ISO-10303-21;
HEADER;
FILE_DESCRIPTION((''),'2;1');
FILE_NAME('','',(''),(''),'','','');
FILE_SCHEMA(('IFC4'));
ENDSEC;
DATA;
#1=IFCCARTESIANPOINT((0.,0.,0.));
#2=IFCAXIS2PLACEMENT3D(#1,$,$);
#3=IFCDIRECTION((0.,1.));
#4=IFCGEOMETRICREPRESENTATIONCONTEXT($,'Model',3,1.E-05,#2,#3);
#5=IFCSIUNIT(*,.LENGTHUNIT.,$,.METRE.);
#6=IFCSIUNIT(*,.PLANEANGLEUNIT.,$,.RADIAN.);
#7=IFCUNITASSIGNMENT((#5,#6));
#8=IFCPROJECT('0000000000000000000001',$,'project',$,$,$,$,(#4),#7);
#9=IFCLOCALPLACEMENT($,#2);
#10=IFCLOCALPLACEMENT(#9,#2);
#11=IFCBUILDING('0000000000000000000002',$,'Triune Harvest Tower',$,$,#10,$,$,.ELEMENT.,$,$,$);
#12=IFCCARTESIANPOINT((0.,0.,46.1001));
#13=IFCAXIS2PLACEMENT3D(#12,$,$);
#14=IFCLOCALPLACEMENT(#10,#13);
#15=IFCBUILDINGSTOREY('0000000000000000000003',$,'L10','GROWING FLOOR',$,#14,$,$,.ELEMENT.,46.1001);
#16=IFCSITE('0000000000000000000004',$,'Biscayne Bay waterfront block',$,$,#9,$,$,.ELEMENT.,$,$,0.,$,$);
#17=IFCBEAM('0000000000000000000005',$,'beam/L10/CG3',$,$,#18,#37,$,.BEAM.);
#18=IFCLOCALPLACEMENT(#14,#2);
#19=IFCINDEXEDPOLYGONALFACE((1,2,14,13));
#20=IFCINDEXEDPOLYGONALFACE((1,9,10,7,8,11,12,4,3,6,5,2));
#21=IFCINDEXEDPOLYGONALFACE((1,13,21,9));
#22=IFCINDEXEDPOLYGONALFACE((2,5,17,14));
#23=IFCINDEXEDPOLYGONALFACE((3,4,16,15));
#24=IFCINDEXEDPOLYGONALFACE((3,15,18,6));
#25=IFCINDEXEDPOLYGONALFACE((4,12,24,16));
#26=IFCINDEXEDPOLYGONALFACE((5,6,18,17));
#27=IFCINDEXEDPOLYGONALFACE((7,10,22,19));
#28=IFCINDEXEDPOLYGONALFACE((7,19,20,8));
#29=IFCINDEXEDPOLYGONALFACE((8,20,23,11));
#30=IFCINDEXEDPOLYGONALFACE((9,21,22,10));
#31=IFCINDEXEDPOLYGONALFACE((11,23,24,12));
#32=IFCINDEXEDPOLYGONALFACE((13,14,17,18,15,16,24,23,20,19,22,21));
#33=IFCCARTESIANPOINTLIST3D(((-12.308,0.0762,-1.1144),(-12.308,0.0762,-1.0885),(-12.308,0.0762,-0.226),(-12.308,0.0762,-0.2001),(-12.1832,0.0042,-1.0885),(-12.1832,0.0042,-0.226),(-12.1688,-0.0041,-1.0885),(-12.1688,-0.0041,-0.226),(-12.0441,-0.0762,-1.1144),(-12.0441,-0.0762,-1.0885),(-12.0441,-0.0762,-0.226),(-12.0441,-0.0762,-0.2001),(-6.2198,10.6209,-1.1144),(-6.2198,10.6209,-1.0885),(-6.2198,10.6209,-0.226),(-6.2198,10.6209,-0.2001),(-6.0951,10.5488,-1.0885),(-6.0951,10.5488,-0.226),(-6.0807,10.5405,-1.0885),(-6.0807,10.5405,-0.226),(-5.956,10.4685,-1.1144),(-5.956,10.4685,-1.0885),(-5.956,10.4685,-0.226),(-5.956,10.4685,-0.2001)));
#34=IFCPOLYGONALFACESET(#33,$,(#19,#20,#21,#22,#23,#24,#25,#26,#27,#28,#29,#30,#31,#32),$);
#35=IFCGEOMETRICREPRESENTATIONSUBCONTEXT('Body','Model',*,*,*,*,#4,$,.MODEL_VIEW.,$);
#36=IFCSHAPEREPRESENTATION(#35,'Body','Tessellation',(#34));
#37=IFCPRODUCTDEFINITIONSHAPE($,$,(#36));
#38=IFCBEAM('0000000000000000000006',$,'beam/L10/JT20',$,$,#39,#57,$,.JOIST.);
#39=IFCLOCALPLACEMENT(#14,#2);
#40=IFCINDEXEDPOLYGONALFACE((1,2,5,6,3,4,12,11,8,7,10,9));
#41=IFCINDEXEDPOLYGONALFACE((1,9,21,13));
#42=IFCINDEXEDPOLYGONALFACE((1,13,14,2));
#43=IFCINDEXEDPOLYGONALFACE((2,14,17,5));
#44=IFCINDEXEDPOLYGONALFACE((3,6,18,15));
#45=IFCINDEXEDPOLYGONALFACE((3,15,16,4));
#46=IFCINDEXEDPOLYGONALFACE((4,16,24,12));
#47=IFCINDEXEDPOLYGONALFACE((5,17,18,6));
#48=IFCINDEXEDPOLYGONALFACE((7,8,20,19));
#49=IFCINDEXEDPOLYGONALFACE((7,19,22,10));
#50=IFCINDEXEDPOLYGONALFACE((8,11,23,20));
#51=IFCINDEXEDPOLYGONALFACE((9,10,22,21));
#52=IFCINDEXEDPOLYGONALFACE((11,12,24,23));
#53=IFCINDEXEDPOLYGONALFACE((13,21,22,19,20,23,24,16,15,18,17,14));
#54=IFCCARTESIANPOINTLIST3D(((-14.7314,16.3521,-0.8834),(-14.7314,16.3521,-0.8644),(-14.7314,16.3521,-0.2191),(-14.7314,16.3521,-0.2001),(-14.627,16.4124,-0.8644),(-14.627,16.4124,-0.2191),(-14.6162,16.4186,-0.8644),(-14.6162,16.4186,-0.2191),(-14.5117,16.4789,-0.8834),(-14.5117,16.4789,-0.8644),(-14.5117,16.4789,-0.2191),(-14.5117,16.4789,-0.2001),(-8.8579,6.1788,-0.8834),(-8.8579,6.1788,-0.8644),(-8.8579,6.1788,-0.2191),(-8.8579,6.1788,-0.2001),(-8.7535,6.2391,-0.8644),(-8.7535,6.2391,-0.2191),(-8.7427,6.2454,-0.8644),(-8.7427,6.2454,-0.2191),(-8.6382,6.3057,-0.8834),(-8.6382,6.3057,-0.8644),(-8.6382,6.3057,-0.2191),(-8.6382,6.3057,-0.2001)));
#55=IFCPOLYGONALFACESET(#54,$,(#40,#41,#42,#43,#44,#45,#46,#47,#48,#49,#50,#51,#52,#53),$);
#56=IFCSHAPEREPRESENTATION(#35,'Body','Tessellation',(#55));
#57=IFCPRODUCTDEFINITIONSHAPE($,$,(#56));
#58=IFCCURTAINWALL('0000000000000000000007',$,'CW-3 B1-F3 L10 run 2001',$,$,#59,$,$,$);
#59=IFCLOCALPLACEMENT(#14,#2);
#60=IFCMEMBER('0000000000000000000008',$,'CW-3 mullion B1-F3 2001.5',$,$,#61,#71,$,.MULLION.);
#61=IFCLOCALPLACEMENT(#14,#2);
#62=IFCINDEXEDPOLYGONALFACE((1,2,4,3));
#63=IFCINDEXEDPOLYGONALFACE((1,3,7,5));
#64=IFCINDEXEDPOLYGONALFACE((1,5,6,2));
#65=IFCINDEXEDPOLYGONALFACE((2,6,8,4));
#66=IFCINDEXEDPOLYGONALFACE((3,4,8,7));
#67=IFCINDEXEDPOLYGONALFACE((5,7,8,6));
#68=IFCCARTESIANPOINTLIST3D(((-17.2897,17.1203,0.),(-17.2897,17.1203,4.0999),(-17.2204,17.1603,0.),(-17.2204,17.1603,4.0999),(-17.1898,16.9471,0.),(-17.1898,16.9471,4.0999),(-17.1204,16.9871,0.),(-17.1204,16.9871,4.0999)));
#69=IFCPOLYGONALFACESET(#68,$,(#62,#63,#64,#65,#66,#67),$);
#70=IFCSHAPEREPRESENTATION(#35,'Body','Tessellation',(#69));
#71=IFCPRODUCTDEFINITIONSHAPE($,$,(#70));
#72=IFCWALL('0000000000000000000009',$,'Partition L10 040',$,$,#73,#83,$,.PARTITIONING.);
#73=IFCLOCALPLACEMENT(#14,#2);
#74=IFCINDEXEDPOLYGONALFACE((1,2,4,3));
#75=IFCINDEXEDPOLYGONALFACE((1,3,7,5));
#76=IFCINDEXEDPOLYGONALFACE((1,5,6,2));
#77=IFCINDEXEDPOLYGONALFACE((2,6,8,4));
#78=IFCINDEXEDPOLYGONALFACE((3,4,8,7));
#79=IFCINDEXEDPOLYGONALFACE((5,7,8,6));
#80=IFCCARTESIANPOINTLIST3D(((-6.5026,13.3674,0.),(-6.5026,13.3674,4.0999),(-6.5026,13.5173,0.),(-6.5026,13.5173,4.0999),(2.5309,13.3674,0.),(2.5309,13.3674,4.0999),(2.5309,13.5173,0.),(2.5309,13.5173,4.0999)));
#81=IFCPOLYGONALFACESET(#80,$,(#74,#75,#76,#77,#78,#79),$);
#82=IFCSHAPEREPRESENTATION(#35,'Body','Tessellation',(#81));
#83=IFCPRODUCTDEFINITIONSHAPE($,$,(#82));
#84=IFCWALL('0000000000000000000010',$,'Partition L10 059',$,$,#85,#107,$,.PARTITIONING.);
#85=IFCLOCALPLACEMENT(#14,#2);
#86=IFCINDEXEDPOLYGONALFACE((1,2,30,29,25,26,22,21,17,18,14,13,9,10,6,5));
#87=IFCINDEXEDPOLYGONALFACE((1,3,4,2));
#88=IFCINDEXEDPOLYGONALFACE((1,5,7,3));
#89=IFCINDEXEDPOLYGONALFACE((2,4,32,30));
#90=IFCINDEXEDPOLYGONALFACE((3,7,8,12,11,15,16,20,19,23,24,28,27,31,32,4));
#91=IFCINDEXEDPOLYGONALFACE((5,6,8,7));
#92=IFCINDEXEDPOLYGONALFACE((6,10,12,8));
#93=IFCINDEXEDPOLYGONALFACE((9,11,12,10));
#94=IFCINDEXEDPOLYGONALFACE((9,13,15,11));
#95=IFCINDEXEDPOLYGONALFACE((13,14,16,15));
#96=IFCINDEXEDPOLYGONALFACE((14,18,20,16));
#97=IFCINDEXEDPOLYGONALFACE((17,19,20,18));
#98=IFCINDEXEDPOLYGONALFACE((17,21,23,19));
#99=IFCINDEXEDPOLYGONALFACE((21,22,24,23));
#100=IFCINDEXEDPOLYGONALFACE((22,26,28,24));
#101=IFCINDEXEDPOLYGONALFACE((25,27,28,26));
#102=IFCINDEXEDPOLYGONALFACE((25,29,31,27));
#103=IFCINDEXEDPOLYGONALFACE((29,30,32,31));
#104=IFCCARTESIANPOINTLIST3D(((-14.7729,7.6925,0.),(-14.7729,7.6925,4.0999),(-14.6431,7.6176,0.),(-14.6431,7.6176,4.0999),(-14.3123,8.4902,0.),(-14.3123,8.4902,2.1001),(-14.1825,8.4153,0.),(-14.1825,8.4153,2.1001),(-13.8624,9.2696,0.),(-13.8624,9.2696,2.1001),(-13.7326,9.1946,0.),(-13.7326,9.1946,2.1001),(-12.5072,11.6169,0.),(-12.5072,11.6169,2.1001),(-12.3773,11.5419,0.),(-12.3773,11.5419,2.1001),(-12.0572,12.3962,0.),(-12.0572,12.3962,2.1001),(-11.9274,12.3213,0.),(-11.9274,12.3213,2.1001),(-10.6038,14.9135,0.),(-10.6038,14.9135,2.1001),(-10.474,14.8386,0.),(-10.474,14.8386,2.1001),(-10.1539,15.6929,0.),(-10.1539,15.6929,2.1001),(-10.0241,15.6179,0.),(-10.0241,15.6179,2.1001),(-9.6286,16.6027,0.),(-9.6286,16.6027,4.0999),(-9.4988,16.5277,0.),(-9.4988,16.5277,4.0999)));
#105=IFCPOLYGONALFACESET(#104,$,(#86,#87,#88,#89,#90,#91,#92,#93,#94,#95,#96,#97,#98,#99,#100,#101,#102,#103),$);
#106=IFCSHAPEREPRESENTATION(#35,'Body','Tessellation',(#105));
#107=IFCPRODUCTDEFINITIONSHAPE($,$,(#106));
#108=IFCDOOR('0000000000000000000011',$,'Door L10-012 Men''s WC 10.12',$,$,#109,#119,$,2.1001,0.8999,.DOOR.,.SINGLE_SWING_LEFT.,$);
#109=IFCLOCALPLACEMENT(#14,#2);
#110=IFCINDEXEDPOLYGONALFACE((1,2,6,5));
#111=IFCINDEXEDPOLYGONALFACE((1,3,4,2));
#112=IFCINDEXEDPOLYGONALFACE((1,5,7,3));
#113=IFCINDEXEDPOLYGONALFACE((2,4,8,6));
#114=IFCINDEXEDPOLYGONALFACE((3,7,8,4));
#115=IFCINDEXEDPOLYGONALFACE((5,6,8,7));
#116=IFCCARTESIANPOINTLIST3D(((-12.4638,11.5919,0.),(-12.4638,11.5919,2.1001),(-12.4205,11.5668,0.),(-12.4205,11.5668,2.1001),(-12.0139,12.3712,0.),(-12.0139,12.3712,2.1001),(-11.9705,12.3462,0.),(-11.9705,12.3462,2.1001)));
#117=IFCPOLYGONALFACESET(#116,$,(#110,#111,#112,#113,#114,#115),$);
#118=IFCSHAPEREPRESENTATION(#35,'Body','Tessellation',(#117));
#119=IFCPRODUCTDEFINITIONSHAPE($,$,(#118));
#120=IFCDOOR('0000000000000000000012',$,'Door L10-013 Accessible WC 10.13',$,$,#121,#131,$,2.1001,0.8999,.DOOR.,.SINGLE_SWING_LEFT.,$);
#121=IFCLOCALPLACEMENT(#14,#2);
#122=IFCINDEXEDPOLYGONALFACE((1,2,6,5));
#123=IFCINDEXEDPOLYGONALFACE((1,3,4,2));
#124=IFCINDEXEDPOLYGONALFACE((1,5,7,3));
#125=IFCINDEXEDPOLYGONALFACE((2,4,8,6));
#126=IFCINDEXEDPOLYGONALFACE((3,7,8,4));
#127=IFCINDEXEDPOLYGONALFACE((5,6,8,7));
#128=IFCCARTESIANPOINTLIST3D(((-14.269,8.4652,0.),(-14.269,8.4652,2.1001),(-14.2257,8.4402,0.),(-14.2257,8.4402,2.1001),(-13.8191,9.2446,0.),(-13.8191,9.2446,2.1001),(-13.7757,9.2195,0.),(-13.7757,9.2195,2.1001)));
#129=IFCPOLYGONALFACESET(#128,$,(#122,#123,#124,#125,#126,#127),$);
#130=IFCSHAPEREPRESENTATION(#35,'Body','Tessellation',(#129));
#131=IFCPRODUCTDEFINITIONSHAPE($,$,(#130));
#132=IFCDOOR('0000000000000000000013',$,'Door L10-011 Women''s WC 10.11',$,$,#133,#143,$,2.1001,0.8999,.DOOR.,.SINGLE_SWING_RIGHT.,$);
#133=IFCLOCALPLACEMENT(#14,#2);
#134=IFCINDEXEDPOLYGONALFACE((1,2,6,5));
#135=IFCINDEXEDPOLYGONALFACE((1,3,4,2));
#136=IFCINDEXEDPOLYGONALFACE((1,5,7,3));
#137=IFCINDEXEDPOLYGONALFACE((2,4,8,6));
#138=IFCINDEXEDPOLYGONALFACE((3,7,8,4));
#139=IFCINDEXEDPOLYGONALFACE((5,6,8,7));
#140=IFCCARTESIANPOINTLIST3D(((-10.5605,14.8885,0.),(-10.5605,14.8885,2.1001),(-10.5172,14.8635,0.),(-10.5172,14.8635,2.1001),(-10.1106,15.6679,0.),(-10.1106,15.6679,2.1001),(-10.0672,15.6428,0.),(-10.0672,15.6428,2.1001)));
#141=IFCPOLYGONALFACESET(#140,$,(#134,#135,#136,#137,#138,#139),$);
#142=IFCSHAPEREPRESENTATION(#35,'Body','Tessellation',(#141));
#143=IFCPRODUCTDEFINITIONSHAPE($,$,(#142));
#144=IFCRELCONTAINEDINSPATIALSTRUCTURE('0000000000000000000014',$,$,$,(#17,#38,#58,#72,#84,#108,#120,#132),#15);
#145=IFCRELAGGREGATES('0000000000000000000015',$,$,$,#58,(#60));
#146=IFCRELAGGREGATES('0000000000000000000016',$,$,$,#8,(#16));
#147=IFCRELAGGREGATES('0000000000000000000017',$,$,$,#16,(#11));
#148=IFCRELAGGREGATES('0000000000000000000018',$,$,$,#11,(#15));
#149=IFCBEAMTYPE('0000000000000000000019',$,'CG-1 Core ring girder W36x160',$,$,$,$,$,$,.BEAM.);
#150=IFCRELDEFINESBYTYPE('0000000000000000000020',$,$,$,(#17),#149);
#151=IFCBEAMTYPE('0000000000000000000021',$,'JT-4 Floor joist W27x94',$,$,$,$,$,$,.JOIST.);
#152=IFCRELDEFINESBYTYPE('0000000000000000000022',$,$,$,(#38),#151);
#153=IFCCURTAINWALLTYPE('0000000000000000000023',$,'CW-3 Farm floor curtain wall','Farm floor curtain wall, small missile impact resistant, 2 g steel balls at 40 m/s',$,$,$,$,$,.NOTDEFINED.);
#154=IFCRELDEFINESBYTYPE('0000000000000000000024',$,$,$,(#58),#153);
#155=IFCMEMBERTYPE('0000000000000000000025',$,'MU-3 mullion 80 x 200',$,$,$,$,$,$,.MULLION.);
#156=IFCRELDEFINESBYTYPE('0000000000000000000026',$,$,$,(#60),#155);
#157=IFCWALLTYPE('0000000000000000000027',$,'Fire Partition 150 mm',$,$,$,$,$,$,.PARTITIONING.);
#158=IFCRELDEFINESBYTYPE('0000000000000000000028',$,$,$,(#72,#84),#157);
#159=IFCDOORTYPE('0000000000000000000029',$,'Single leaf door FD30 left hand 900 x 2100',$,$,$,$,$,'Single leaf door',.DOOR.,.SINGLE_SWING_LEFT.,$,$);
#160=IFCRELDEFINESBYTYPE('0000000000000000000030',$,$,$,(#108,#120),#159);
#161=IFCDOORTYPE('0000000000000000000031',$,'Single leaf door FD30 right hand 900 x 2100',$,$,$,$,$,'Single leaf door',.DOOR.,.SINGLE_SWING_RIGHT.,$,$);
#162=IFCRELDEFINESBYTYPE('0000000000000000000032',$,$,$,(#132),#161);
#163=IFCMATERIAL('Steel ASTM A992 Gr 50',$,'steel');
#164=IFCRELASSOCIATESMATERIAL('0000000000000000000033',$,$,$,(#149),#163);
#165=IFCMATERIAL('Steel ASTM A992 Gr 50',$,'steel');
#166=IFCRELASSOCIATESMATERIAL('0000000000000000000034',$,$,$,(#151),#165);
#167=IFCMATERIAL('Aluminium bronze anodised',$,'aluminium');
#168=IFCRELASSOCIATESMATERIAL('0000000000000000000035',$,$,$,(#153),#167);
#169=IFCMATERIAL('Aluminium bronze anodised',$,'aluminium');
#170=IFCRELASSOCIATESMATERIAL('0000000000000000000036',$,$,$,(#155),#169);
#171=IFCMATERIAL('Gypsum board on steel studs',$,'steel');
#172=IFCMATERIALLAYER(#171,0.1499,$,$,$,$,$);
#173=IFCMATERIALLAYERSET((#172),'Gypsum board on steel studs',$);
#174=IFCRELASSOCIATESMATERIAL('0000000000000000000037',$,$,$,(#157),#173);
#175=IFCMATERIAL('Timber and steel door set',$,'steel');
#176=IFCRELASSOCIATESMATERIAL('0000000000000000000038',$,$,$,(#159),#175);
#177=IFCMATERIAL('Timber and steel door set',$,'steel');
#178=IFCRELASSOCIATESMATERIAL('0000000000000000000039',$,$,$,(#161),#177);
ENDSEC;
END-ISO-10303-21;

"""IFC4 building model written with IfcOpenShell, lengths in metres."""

from ifc_helpers import new_model, si_unit, direction, frame, frame_2d, origin, origin_2d, place, context, subcontext, project, spatial, rectangle, i_section, extrude, source, transform, mapped, material, layer, layer_set, material_profile, profile_set, type_object, element, fill, aggregate, save


model = new_model("IFC4")

# Units and contexts
model_context = context("Model", 3, precision=1e-05, world=origin(), true_north=direction((0.0, 1.0)))
body_context = subcontext(model_context, "Body", "Model", "MODEL_VIEW")
ifc_project = project(units=[si_unit("LENGTHUNIT", "METRE"), si_unit("PLANEANGLEUNIT", "RADIAN")], contexts=[model_context])

# Site, building, storey
site_placement = place(None, origin())
site = spatial("IfcSite", under=ifc_project, at=site_placement, Name="Biscayne Bay waterfront block", CompositionType="ELEMENT", RefElevation=0.0)
building_placement = place(site_placement, origin())
building = spatial("IfcBuilding", under=site, at=building_placement, Name="Triune Harvest Tower", CompositionType="ELEMENT")
storey_placement = place(building_placement, frame((0.0, 0.0, 46.1001)))
storey = spatial("IfcBuildingStorey", under=building, at=storey_placement, Name="L10", Description="GROWING FLOOR", CompositionType="ELEMENT", Elevation=46.1001)

# Beams
ifc_material_1 = material(Name="Steel ASTM A992 Gr 50", Category="steel")
ifc_material_profile_1 = material_profile(ifc_material_1, i_section(OverallWidth=0.3047, OverallDepth=0.9143, WebThickness=0.0166, FlangeThickness=0.0259, at=origin_2d()), Name="W36x160")
ifc_profile_set_1 = profile_set([ifc_material_profile_1], Name="Steel ASTM A992 Gr 50")
beam_type_1 = type_object("IfcBeamType", Name="CG-1 Core ring girder W36x160", PredefinedType="BEAM", material=ifc_profile_set_1)
shared_shape_1 = source(origin(), body_context, "Body", "SweptSolid", [
    extrude(i_section(OverallWidth=0.3047, OverallDepth=0.9143, WebThickness=0.0166, FlangeThickness=0.0259, at=origin_2d()), origin(), (0.0, 0.0, 1.0), 12.176),
])
beam_1_placement = place(storey_placement, frame((-6.0879, 10.5447, -0.6572), z_axis=(-0.50001, -0.86602, 0.0), x_axis=(0.86602, -0.50001, 0.0)))
element("IfcBeam", 1, at=beam_1_placement, inside=storey, type_object=beam_type_1, Name="beam/L10/CG3", PredefinedType="BEAM", context=body_context, shape_type="MappedRepresentation", body=[
    mapped(shared_shape_1, transform((0.0, 0.0, 0.0), scale=1.0)),
])
ifc_material_2 = material(Name="Steel ASTM A992 Gr 50", Category="steel")
ifc_material_profile_2 = material_profile(ifc_material_2, i_section(OverallWidth=0.2537, OverallDepth=0.6833, WebThickness=0.0125, FlangeThickness=0.019, at=origin_2d()), Name="W27x94")
ifc_profile_set_2 = profile_set([ifc_material_profile_2], Name="Steel ASTM A992 Gr 50")
beam_type_2 = type_object("IfcBeamType", Name="JT-4 Floor joist W27x94", PredefinedType="JOIST", material=ifc_profile_set_2)
shared_shape_2 = source(origin(), body_context, "Body", "SweptSolid", [
    extrude(i_section(OverallWidth=0.2537, OverallDepth=0.6833, WebThickness=0.0125, FlangeThickness=0.019, at=origin_2d()), origin(), (0.0, 0.0, 1.0), 11.7471),
])
beam_2_placement = place(storey_placement, frame((-14.6216, 16.4155, -0.5417), z_axis=(0.499997, -0.866027, 0.0), x_axis=(0.866027, 0.499997, 0.0)))
element("IfcBeam", 2, at=beam_2_placement, inside=storey, type_object=beam_type_2, Name="beam/L10/JT20", PredefinedType="JOIST", context=body_context, shape_type="MappedRepresentation", body=[
    mapped(shared_shape_2, transform((0.0, 0.0, 0.0), scale=1.0)),
])

# Curtain wall, member
ifc_material_3 = material(Name="Aluminium bronze anodised", Category="aluminium")
curtain_wall_type = type_object("IfcCurtainWallType", Name="CW-3 Farm floor curtain wall", Description="Farm floor curtain wall, small missile impact resistant, 2 g steel balls at 40 m/s", PredefinedType="NOTDEFINED", material=ifc_material_3)
curtain_wall_placement = place(storey_placement, origin())
curtain_wall = element("IfcCurtainWall", 3, at=curtain_wall_placement, inside=storey, type_object=curtain_wall_type, Name="CW-3 B1-F3 L10 run 2001")
ifc_material_4 = material(Name="Aluminium bronze anodised", Category="aluminium")
ifc_material_profile_3 = material_profile(ifc_material_4, rectangle(XDim=0.2, YDim=0.0801, at=origin_2d()), Name="MU-3 mullion 80 x 200")
ifc_profile_set_3 = profile_set([ifc_material_profile_3], Name="Aluminium bronze anodised")
member_type = type_object("IfcMemberType", Name="MU-3 mullion 80 x 200", PredefinedType="MULLION", material=ifc_profile_set_3)
shared_shape_3 = source(origin(), body_context, "Body", "SweptSolid", [
    extrude(rectangle(XDim=0.2, YDim=0.0801, at=origin_2d()), origin(), (0.0, 0.0, 1.0), 4.0999),
])
member_placement = place(storey_placement, frame((-17.2051, 17.0537, 0.0), z_axis=(0.0, 0.0, 1.0), x_axis=(0.499999, -0.866026, 0.0)))
member = element("IfcMember", 4, at=member_placement, type_object=member_type, Name="CW-3 mullion B1-F3 2001.5", PredefinedType="MULLION", context=body_context, shape_type="MappedRepresentation", body=[
    mapped(shared_shape_3, transform((0.0, 0.0, 0.0), scale=1.0)),
])
aggregate(curtain_wall, [member])

# Wall
ifc_material_5 = material(Name="Gypsum board on steel studs", Category="steel")
ifc_layer_1 = layer(ifc_material_5, 0.1499)
ifc_layer_set_1 = layer_set([ifc_layer_1], Name="Gypsum board on steel studs")
wall_type_1 = type_object("IfcWallType", Name="Fire Partition 150 mm", PredefinedType="PARTITIONING", material=ifc_layer_set_1)
wall_1_placement = place(storey_placement, frame((-6.5024, 13.4424, 0.0), z_axis=(0.0, 0.0, 1.0), x_axis=(1.0, 0.0, 0.0)))
element("IfcWall", 5, at=wall_1_placement, inside=storey, type_object=wall_type_1, Name="Partition L10 040", PredefinedType="PARTITIONING", context=body_context, shape_type="SweptSolid", body=[
    extrude(rectangle(XDim=9.0334, YDim=0.1499, at=frame_2d((4.5166, 0.0))), origin(), (0.0, 0.0, 1.0), 4.0999),
])

# Wall, openings, doors
wall_2_placement = place(storey_placement, frame((-14.708, 7.655, 0.0), z_axis=(0.0, 0.0, 1.0), x_axis=(0.5, 0.866025, 0.0)))
wall_2 = element("IfcWall", 6, at=wall_2_placement, inside=storey, type_object=wall_type_1, Name="Partition L10 059", PredefinedType="PARTITIONING", context=body_context, shape_type="SweptSolid", body=[
    extrude(rectangle(XDim=10.2886, YDim=0.1499, at=frame_2d((5.1443, 0.0))), origin(), (0.0, 0.0, 1.0), 4.0999),
])
opening_1_placement = place(wall_2_placement, frame((8.3381, 0.0, 0.0)))
opening_1 = element("IfcOpeningElement", 7, at=opening_1_placement, cuts=wall_2, PredefinedType="OPENING", context=body_context, shape_type="SweptSolid", body=[
    extrude(rectangle(XDim=0.8999, YDim=2.1001, at=frame_2d((0.45, 1.05))), frame((0.0, 0.085, 0.0), z_axis=(0.0, -1.0, 0.0), x_axis=(1.0, 0.0, 0.0)), (0.0, 0.0, 1.0), 0.1699),
])
opening_2_placement = place(wall_2_placement, frame((4.5315, 0.0, 0.0)))
opening_2 = element("IfcOpeningElement", 8, at=opening_2_placement, cuts=wall_2, PredefinedType="OPENING", context=body_context, shape_type="SweptSolid", body=[
    extrude(rectangle(XDim=0.8999, YDim=2.1001, at=frame_2d((0.45, 1.05))), frame((0.0, 0.085, 0.0), z_axis=(0.0, -1.0, 0.0), x_axis=(1.0, 0.0, 0.0)), (0.0, 0.0, 1.0), 0.1699),
])
opening_3_placement = place(wall_2_placement, frame((0.9211, 0.0, 0.0)))
opening_3 = element("IfcOpeningElement", 9, at=opening_3_placement, cuts=wall_2, PredefinedType="OPENING", context=body_context, shape_type="SweptSolid", body=[
    extrude(rectangle(XDim=0.8999, YDim=2.1001, at=frame_2d((0.45, 1.05))), frame((0.0, 0.085, 0.0), z_axis=(0.0, -1.0, 0.0), x_axis=(1.0, 0.0, 0.0)), (0.0, 0.0, 1.0), 0.1699),
])
ifc_material_6 = material(Name="Timber and steel door set", Category="steel")
door_type_1 = type_object("IfcDoorType", Name="Single leaf door FD30 left hand 900 x 2100", ElementType="Single leaf door", OperationType="SINGLE_SWING_LEFT", PredefinedType="DOOR", material=ifc_material_6)
door_1_placement = place(opening_2_placement, origin())
door_1 = element("IfcDoor", 10, at=door_1_placement, inside=storey, type_object=door_type_1, Name="Door L10-012 Men's WC 10.12", OperationType="SINGLE_SWING_LEFT", OverallHeight=2.1001, OverallWidth=0.8999, PredefinedType="DOOR", context=body_context, shape_type="SweptSolid", body=[
    extrude(rectangle(XDim=0.8999, YDim=2.1001, at=frame_2d((0.45, 1.05))), frame((0.0, 0.0249, 0.0), z_axis=(0.0, -1.0, 0.0), x_axis=(1.0, 0.0, 0.0)), (0.0, 0.0, 1.0), 0.05),
])
fill(opening_2, door_1)
door_2_placement = place(opening_3_placement, origin())
door_2 = element("IfcDoor", 11, at=door_2_placement, inside=storey, type_object=door_type_1, Name="Door L10-013 Accessible WC 10.13", OperationType="SINGLE_SWING_LEFT", OverallHeight=2.1001, OverallWidth=0.8999, PredefinedType="DOOR", context=body_context, shape_type="SweptSolid", body=[
    extrude(rectangle(XDim=0.8999, YDim=2.1001, at=frame_2d((0.45, 1.05))), frame((0.0, 0.0249, 0.0), z_axis=(0.0, -1.0, 0.0), x_axis=(1.0, 0.0, 0.0)), (0.0, 0.0, 1.0), 0.05),
])
fill(opening_3, door_2)
ifc_material_7 = material(Name="Timber and steel door set", Category="steel")
door_type_2 = type_object("IfcDoorType", Name="Single leaf door FD30 right hand 900 x 2100", ElementType="Single leaf door", OperationType="SINGLE_SWING_RIGHT", PredefinedType="DOOR", material=ifc_material_7)
door_3_placement = place(opening_1_placement, origin())
door_3 = element("IfcDoor", 12, at=door_3_placement, inside=storey, type_object=door_type_2, Name="Door L10-011 Women's WC 10.11", OperationType="SINGLE_SWING_RIGHT", OverallHeight=2.1001, OverallWidth=0.8999, PredefinedType="DOOR", context=body_context, shape_type="SweptSolid", body=[
    extrude(rectangle(XDim=0.8999, YDim=2.1001, at=frame_2d((0.45, 1.05))), frame((0.0, 0.0249, 0.0), z_axis=(0.0, -1.0, 0.0), x_axis=(1.0, 0.0, 0.0)), (0.0, 0.0, 1.0), 0.05),
])
fill(opening_1, door_3)

save(model, "model.ifc")
